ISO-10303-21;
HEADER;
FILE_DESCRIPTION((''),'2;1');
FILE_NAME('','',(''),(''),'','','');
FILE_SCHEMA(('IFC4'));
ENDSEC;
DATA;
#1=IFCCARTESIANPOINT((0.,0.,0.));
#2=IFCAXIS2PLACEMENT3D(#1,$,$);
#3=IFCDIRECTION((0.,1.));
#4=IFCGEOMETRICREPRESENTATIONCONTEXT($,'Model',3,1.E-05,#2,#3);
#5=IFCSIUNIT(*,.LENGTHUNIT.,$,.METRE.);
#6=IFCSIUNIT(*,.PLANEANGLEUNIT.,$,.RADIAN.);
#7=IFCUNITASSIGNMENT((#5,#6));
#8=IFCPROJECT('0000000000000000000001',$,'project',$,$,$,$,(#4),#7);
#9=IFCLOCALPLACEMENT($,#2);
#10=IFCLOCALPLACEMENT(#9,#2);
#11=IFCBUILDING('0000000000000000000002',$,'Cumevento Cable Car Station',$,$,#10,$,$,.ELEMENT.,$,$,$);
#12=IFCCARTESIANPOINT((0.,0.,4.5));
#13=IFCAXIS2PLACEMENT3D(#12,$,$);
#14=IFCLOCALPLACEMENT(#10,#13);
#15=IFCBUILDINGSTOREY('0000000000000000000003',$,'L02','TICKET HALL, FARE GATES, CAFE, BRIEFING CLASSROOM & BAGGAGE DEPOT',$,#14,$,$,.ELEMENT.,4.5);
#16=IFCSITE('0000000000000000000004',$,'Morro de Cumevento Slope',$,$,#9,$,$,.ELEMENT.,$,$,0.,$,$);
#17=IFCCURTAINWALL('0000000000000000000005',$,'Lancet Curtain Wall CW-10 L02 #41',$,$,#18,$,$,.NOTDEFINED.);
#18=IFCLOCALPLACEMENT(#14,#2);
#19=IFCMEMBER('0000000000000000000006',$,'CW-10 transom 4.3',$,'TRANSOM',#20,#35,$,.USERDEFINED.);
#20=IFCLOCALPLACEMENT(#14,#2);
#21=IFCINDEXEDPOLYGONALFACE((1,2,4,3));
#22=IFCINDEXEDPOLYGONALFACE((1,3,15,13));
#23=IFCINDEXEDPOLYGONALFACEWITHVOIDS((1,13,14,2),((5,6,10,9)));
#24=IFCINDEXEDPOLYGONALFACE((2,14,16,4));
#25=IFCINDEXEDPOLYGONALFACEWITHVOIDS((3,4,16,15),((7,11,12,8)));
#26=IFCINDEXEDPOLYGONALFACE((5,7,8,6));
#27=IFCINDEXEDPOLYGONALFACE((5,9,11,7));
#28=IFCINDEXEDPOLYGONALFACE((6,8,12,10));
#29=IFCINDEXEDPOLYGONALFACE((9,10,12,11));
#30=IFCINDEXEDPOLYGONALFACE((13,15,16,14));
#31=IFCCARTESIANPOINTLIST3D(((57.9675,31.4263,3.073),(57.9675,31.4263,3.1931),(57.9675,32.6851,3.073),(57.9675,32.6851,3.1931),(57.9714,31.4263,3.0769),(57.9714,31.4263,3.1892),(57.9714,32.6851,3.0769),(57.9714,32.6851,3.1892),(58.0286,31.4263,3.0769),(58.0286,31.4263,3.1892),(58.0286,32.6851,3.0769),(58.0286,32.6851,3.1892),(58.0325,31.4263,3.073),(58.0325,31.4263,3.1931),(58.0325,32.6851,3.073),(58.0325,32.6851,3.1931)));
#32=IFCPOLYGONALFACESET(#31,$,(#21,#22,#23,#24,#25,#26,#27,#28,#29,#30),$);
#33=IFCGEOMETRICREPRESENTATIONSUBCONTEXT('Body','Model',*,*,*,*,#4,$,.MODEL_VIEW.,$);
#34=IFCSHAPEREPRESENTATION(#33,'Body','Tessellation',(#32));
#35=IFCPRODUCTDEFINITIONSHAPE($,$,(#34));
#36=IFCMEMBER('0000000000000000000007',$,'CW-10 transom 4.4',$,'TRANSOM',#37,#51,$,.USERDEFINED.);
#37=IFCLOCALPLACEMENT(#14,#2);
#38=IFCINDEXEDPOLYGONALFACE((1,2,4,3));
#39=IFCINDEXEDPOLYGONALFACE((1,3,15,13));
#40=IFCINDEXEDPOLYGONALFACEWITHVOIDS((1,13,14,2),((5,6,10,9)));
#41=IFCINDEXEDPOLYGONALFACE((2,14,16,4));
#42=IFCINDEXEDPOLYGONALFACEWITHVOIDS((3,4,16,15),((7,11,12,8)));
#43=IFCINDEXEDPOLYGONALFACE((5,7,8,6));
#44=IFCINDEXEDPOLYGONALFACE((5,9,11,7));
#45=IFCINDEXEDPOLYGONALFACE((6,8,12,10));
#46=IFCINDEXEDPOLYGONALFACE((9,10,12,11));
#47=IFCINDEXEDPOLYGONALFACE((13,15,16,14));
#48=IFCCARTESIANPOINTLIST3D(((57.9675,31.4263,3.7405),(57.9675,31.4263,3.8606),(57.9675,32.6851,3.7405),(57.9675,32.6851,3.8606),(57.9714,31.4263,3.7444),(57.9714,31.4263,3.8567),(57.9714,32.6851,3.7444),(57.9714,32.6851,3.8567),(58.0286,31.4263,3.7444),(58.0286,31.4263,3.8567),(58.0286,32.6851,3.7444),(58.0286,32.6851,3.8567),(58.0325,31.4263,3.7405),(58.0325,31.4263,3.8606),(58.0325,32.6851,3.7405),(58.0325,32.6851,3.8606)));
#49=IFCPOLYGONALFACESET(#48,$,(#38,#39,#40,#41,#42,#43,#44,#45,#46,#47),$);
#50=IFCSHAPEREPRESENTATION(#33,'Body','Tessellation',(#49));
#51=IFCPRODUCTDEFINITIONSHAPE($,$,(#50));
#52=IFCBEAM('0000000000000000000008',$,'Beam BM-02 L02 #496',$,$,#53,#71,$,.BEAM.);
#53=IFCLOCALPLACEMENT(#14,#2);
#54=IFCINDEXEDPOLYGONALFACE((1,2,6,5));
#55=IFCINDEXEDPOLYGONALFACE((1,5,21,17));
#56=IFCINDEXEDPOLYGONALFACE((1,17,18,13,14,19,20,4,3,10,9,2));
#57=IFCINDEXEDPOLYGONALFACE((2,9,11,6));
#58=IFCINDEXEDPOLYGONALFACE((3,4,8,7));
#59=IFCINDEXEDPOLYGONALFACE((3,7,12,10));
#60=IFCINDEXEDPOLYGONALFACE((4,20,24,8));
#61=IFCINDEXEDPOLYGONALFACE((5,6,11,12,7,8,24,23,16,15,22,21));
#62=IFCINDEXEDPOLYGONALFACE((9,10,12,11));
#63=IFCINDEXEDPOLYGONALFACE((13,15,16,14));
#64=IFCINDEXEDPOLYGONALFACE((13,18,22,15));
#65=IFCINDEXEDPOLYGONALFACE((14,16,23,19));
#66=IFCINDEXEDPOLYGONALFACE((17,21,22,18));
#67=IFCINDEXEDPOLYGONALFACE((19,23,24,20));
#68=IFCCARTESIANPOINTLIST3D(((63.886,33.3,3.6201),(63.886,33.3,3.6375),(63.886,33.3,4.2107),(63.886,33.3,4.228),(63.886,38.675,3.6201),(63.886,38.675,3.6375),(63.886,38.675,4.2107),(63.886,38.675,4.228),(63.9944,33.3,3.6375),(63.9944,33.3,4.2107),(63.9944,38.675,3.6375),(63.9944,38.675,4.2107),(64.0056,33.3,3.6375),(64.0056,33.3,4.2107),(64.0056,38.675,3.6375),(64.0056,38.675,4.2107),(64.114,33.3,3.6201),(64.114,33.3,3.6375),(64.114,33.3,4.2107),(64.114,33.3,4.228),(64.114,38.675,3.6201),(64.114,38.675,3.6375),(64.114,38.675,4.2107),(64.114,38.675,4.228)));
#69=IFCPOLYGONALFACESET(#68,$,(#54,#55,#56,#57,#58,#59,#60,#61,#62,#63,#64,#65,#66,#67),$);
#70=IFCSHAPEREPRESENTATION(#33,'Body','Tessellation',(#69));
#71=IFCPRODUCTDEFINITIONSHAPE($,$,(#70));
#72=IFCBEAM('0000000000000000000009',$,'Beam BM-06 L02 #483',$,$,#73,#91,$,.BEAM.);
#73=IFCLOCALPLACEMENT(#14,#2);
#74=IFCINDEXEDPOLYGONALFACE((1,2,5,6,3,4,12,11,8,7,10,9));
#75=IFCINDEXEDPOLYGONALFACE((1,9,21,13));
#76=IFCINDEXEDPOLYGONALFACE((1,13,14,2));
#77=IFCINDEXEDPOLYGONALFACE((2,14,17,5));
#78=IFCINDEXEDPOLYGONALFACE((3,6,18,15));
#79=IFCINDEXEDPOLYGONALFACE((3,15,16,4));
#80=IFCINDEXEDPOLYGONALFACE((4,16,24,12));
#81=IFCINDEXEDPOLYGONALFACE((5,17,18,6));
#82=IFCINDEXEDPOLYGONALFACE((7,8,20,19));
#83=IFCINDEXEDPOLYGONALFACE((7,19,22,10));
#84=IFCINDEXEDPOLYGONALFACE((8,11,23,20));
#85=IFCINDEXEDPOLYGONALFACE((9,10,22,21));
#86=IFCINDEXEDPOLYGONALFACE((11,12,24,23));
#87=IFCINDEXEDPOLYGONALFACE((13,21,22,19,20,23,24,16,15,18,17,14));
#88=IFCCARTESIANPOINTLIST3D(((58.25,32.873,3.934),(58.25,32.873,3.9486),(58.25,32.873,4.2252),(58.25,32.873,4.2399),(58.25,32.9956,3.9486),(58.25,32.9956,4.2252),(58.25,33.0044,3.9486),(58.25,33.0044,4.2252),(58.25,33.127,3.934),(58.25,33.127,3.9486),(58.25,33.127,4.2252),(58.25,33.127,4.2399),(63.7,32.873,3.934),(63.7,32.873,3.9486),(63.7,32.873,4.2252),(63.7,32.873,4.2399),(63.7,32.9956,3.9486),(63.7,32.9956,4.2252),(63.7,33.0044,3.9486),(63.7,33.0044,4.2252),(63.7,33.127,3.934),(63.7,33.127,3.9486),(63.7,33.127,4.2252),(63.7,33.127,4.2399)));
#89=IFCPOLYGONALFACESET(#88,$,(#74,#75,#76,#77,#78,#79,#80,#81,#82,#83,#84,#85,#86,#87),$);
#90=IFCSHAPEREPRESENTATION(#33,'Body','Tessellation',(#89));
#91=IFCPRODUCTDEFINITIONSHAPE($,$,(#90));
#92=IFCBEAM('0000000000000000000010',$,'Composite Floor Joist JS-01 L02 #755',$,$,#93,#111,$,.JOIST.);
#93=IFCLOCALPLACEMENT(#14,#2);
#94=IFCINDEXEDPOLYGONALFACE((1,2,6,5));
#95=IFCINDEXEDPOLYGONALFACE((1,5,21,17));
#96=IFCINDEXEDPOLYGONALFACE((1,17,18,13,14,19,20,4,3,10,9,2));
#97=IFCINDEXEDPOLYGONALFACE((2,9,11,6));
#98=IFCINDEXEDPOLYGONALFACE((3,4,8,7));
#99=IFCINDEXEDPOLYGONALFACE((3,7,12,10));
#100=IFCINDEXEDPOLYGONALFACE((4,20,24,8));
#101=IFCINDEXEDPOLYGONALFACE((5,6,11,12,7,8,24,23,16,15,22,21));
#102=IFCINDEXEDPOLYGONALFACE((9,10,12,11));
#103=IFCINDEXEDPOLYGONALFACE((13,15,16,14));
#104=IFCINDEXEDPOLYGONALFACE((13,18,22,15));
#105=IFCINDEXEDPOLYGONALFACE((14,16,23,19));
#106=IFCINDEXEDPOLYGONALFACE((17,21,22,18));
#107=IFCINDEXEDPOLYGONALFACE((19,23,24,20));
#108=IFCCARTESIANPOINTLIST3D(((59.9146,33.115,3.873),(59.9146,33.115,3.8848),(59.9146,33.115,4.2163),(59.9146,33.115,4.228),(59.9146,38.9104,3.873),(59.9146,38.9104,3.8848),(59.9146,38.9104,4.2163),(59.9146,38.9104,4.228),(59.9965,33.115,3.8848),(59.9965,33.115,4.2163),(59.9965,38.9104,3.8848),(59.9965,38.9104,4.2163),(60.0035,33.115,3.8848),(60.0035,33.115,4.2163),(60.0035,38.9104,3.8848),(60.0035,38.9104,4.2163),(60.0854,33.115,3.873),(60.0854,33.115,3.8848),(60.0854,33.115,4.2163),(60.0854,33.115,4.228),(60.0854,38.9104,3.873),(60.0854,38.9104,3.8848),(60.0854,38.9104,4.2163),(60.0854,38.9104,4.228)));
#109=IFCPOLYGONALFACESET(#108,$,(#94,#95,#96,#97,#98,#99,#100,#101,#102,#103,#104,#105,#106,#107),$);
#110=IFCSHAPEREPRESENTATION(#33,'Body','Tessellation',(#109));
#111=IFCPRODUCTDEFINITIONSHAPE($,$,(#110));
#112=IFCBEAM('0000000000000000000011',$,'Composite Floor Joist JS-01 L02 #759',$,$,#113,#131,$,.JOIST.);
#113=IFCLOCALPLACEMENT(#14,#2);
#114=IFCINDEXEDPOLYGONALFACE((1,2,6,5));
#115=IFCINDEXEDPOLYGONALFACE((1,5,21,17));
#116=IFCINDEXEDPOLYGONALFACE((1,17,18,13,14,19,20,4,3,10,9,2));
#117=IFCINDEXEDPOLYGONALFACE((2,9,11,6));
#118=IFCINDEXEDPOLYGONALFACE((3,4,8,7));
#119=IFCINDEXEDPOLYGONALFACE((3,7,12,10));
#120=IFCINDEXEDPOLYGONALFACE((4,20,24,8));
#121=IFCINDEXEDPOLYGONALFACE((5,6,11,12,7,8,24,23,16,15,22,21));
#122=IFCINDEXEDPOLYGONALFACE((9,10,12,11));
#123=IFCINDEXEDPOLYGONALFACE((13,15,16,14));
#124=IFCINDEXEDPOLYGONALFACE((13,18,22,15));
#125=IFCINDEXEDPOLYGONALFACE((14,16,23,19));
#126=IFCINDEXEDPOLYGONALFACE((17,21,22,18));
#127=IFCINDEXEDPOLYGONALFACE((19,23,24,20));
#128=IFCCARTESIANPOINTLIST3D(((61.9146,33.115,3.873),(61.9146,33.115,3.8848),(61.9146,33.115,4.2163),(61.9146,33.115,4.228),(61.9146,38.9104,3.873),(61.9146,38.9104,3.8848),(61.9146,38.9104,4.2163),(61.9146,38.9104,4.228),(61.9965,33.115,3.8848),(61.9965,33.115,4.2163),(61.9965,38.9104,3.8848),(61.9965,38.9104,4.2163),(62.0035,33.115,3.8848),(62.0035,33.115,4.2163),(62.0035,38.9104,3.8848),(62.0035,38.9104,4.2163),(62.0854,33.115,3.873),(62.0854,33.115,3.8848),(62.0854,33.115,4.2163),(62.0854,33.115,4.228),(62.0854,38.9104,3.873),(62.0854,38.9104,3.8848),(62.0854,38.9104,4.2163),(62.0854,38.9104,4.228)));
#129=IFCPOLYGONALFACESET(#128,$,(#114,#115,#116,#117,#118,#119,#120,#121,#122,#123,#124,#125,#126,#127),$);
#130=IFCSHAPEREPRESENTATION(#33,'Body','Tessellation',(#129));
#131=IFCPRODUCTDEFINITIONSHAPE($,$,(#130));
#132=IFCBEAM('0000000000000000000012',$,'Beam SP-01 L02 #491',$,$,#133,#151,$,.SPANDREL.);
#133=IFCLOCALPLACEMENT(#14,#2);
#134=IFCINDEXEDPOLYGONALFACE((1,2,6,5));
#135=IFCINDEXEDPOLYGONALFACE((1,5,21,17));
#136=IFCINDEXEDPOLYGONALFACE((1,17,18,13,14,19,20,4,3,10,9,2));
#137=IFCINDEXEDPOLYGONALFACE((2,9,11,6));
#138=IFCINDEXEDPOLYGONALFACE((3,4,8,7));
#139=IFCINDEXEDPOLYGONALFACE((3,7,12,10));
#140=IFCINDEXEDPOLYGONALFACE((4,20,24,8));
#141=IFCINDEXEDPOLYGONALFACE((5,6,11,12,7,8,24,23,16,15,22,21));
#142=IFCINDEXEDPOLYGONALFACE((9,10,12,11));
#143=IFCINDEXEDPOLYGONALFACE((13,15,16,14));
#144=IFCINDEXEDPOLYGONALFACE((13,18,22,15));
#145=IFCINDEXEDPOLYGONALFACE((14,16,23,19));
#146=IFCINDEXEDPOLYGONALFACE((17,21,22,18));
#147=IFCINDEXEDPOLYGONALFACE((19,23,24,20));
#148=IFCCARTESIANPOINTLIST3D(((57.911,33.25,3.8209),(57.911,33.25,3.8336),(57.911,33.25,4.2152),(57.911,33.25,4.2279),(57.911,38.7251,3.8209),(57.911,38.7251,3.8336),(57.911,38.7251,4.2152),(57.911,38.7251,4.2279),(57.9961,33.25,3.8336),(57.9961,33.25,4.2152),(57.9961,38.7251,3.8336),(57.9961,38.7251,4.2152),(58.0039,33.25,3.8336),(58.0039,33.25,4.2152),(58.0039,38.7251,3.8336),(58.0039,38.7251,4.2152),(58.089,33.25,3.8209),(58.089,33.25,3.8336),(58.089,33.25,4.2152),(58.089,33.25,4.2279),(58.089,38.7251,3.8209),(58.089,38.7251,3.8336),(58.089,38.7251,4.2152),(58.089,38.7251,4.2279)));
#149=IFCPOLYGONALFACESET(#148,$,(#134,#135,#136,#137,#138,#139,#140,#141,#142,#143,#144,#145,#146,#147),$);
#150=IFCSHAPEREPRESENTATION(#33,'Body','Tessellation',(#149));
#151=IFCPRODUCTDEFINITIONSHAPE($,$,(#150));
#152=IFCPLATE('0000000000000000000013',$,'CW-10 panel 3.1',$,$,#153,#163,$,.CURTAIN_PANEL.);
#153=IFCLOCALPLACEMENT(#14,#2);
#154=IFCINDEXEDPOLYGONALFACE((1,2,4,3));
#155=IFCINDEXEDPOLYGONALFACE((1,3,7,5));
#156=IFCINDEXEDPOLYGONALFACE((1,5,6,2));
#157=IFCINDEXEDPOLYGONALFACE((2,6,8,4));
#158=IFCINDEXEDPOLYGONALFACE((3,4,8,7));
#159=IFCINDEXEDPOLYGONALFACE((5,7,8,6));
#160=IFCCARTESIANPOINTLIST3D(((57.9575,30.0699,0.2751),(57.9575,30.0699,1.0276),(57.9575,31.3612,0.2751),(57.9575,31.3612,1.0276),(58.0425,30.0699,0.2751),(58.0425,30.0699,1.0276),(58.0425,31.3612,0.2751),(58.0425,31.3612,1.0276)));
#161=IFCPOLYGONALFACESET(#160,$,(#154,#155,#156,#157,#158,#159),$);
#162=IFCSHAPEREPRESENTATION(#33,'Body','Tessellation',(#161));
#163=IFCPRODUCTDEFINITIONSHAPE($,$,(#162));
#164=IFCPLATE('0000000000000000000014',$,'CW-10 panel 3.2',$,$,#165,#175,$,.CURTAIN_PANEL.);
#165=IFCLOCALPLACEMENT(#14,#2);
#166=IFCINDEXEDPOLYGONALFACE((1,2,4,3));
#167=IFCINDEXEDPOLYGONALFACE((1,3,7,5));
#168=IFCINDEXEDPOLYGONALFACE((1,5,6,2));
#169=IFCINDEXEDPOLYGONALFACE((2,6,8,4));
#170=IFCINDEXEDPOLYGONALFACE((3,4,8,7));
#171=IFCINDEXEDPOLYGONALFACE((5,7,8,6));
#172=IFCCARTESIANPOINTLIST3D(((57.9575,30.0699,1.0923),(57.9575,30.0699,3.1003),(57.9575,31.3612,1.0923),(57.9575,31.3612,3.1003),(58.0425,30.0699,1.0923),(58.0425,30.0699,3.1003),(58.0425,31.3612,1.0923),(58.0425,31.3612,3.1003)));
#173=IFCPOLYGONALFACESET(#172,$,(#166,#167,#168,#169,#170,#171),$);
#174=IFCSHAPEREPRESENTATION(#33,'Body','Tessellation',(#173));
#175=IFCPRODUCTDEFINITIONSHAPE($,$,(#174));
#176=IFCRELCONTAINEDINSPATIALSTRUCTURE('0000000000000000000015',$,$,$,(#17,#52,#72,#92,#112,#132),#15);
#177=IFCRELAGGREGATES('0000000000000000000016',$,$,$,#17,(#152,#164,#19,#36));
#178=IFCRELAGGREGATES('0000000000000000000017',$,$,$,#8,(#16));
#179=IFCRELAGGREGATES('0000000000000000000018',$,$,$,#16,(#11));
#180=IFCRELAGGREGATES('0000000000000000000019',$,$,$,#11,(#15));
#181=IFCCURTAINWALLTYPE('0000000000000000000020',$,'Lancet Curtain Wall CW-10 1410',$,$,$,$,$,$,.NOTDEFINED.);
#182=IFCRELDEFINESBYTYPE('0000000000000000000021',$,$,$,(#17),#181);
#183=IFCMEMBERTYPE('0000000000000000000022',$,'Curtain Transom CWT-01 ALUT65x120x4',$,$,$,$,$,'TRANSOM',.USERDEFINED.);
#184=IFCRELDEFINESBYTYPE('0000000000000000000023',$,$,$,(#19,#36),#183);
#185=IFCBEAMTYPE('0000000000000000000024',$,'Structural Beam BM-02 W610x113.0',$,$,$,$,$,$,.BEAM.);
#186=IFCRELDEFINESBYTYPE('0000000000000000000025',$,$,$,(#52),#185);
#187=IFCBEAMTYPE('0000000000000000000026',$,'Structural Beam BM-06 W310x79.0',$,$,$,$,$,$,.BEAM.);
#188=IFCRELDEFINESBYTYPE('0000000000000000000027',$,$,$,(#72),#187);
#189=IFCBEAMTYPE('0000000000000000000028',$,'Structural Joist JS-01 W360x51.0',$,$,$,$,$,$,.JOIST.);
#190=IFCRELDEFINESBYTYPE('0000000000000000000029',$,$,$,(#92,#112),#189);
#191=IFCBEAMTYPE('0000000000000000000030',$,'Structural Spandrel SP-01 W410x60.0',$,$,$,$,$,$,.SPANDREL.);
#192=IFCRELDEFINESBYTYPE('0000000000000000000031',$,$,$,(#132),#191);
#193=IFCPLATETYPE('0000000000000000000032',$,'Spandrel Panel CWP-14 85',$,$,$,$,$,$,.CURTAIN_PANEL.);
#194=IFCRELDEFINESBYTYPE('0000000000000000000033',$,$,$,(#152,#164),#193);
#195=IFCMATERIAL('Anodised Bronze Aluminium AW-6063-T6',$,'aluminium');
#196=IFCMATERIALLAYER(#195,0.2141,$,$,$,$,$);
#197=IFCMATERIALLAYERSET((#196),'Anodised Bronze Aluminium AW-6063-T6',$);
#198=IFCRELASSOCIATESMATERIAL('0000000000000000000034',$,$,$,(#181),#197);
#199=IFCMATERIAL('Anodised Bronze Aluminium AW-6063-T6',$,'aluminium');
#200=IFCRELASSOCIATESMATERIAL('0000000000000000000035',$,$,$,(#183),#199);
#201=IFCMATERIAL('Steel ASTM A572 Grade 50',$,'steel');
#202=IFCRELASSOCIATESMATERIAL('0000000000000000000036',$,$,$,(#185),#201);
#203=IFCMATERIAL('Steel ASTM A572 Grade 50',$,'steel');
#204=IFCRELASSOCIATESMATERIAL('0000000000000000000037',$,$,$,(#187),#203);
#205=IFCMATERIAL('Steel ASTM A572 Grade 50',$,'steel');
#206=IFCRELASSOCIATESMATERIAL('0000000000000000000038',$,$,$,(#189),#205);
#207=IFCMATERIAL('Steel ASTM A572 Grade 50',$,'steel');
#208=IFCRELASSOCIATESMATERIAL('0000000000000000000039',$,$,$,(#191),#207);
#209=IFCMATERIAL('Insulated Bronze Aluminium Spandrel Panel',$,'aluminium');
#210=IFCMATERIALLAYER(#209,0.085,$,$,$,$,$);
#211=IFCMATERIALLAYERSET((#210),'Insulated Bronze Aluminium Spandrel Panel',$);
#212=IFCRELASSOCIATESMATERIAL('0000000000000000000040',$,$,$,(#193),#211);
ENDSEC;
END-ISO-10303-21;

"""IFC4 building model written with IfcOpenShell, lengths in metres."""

from ifc_helpers import new_model, si_unit, direction, frame, origin, origin_2d, place, context, subcontext, project, spatial, rectangle, hollow_rectangle, i_section, extrude, material, layer, layer_set, material_profile, profile_set, type_object, element, aggregate, save


model = new_model("IFC4")

# Units and contexts
model_context = context("Model", 3, precision=1e-05, world=origin(), true_north=direction((0.0, 1.0)))
body_context = subcontext(model_context, "Body", "Model", "MODEL_VIEW")
ifc_project = project(units=[si_unit("LENGTHUNIT", "METRE"), si_unit("PLANEANGLEUNIT", "RADIAN")], contexts=[model_context])

# Site, building, storey
site_placement = place(None, origin())
site = spatial("IfcSite", under=ifc_project, at=site_placement, Name="Morro de Cumevento Slope", CompositionType="ELEMENT", RefElevation=0.0)
building_placement = place(site_placement, origin())
building = spatial("IfcBuilding", under=site, at=building_placement, Name="Cumevento Cable Car Station", CompositionType="ELEMENT")
storey_placement = place(building_placement, frame((0.0, 0.0, 4.5)))
storey = spatial("IfcBuildingStorey", under=building, at=storey_placement, Name="L02", Description="TICKET HALL, FARE GATES, CAFE, BRIEFING CLASSROOM & BAGGAGE DEPOT", CompositionType="ELEMENT", Elevation=4.5)

# Curtain wall, members
ifc_material_1 = material(Name="Anodised Bronze Aluminium AW-6063-T6", Category="aluminium")
ifc_layer_1 = layer(ifc_material_1, 0.2141)
ifc_layer_set_1 = layer_set([ifc_layer_1], Name="Anodised Bronze Aluminium AW-6063-T6")
curtain_wall_type = type_object("IfcCurtainWallType", Name="Lancet Curtain Wall CW-10 1410", PredefinedType="NOTDEFINED", material=ifc_layer_set_1)
curtain_wall_placement = place(storey_placement, origin())
curtain_wall = element("IfcCurtainWall", 1, at=curtain_wall_placement, inside=storey, type_object=curtain_wall_type, Name="Lancet Curtain Wall CW-10 L02 #41", PredefinedType="NOTDEFINED")
ifc_material_2 = material(Name="Anodised Bronze Aluminium AW-6063-T6", Category="aluminium")
ifc_material_profile_1 = material_profile(ifc_material_2, hollow_rectangle(XDim=0.0649, YDim=0.1201, WallThickness=0.0039, at=origin_2d()), Name="ALUT65x120x4")
ifc_profile_set_1 = profile_set([ifc_material_profile_1], Name="Anodised Bronze Aluminium AW-6063-T6")
member_type_1 = type_object("IfcMemberType", Name="Curtain Transom CWT-01 ALUT65x120x4", ElementType="TRANSOM", PredefinedType="USERDEFINED", material=ifc_profile_set_1)
member_1_placement = place(storey_placement, frame((58.0, 31.4263, 3.1331), z_axis=(0.0, 1.0, 0.0), x_axis=(-1.0, 0.0, 0.0)))
member_1 = element("IfcMember", 2, at=member_1_placement, type_object=member_type_1, Name="CW-10 transom 4.3", ObjectType="TRANSOM", PredefinedType="USERDEFINED", context=body_context, shape_type="SweptSolid", body=[
    extrude(hollow_rectangle(XDim=0.0649, YDim=0.1201, WallThickness=0.0039, at=origin_2d()), origin(), (0.0, 0.0, 1.0), 1.2588),
])
member_2_placement = place(storey_placement, frame((58.0, 31.4263, 3.8005), z_axis=(0.0, 1.0, 0.0), x_axis=(-1.0, 0.0, 0.0)))
member_2 = element("IfcMember", 3, at=member_2_placement, type_object=member_type_1, Name="CW-10 transom 4.4", ObjectType="TRANSOM", PredefinedType="USERDEFINED", context=body_context, shape_type="SweptSolid", body=[
    extrude(hollow_rectangle(XDim=0.0649, YDim=0.1201, WallThickness=0.0039, at=origin_2d()), origin(), (0.0, 0.0, 1.0), 1.2588),
])

# Beams
ifc_material_3 = material(Name="Steel ASTM A572 Grade 50", Category="steel")
ifc_material_profile_2 = material_profile(ifc_material_3, i_section(OverallWidth=0.228, OverallDepth=0.6079, WebThickness=0.0112, FlangeThickness=0.0173, at=origin_2d()), Name="W610x113.0")
ifc_profile_set_2 = profile_set([ifc_material_profile_2], Name="Steel ASTM A572 Grade 50")
beam_type_1 = type_object("IfcBeamType", Name="Structural Beam BM-02 W610x113.0", PredefinedType="BEAM", material=ifc_profile_set_2)
beam_1_placement = place(storey_placement, frame((64.0, 33.3, 3.9241), z_axis=(0.0, 1.0, 0.0), x_axis=(-1.0, 0.0, 0.0)))
element("IfcBeam", 4, at=beam_1_placement, inside=storey, type_object=beam_type_1, Name="Beam BM-02 L02 #496", PredefinedType="BEAM", context=body_context, shape_type="SweptSolid", body=[
    extrude(i_section(OverallWidth=0.228, OverallDepth=0.6079, WebThickness=0.0112, FlangeThickness=0.0173, at=origin_2d()), origin(), (0.0, 0.0, 1.0), 5.375),
])
ifc_material_4 = material(Name="Steel ASTM A572 Grade 50", Category="steel")
ifc_material_profile_3 = material_profile(ifc_material_4, i_section(OverallWidth=0.2539, OverallDepth=0.3059, WebThickness=0.0088, FlangeThickness=0.0146, at=origin_2d()), Name="W310x79.0")
ifc_profile_set_3 = profile_set([ifc_material_profile_3], Name="Steel ASTM A572 Grade 50")
beam_type_2 = type_object("IfcBeamType", Name="Structural Beam BM-06 W310x79.0", PredefinedType="BEAM", material=ifc_profile_set_3)
beam_2_placement = place(storey_placement, frame((58.25, 33.0, 4.0869), z_axis=(1.0, 0.0, 0.0), x_axis=(0.0, 1.0, 0.0)))
element("IfcBeam", 5, at=beam_2_placement, inside=storey, type_object=beam_type_2, Name="Beam BM-06 L02 #483", PredefinedType="BEAM", context=body_context, shape_type="SweptSolid", body=[
    extrude(i_section(OverallWidth=0.2539, OverallDepth=0.3059, WebThickness=0.0088, FlangeThickness=0.0146, at=origin_2d()), origin(), (0.0, 0.0, 1.0), 5.45),
])
ifc_material_5 = material(Name="Steel ASTM A572 Grade 50", Category="steel")
ifc_material_profile_4 = material_profile(ifc_material_5, i_section(OverallWidth=0.1709, OverallDepth=0.355, WebThickness=0.0071, FlangeThickness=0.0117, at=origin_2d()), Name="W360x51.0")
ifc_profile_set_4 = profile_set([ifc_material_profile_4], Name="Steel ASTM A572 Grade 50")
beam_type_3 = type_object("IfcBeamType", Name="Structural Joist JS-01 W360x51.0", PredefinedType="JOIST", material=ifc_profile_set_4)
for number, where, z_axis, x_axis, name in (
    (6, (60.0, 33.115, 4.0505), (0.0, 1.0, 0.0), (-1.0, 0.0, 0.0), "Composite Floor Joist JS-01 L02 #755"),
    (7, (62.0, 33.115, 4.0505), (0.0, 1.0, 0.0), (-1.0, 0.0, 0.0), "Composite Floor Joist JS-01 L02 #759"),
):
    element("IfcBeam", number, at=place(storey_placement, frame(where, z_axis=z_axis, x_axis=x_axis)), inside=storey, type_object=beam_type_3, Name=name, PredefinedType="JOIST", context=body_context, shape_type="SweptSolid", body=[
        extrude(i_section(OverallWidth=0.1709, OverallDepth=0.355, WebThickness=0.0071, FlangeThickness=0.0117, at=origin_2d()), origin(), (0.0, 0.0, 1.0), 5.7954),
    ])
ifc_material_6 = material(Name="Steel ASTM A572 Grade 50", Category="steel")
ifc_material_profile_5 = material_profile(ifc_material_6, i_section(OverallWidth=0.178, OverallDepth=0.407, WebThickness=0.0078, FlangeThickness=0.0127, at=origin_2d()), Name="W410x60.0")
ifc_profile_set_5 = profile_set([ifc_material_profile_5], Name="Steel ASTM A572 Grade 50")
beam_type_4 = type_object("IfcBeamType", Name="Structural Spandrel SP-01 W410x60.0", PredefinedType="SPANDREL", material=ifc_profile_set_5)
beam_3_placement = place(storey_placement, frame((58.0, 33.25, 4.0244), z_axis=(0.0, 1.0, 0.0), x_axis=(-1.0, 0.0, 0.0)))
element("IfcBeam", 8, at=beam_3_placement, inside=storey, type_object=beam_type_4, Name="Beam SP-01 L02 #491", PredefinedType="SPANDREL", context=body_context, shape_type="SweptSolid", body=[
    extrude(i_section(OverallWidth=0.178, OverallDepth=0.407, WebThickness=0.0078, FlangeThickness=0.0127, at=origin_2d()), origin(), (0.0, 0.0, 1.0), 5.4751),
])

# Plates
ifc_material_7 = material(Name="Insulated Bronze Aluminium Spandrel Panel", Category="aluminium")
ifc_layer_2 = layer(ifc_material_7, 0.085)
ifc_layer_set_2 = layer_set([ifc_layer_2], Name="Insulated Bronze Aluminium Spandrel Panel")
plate_type = type_object("IfcPlateType", Name="Spandrel Panel CWP-14 85", PredefinedType="CURTAIN_PANEL", material=ifc_layer_set_2)
plate_1_placement = place(storey_placement, frame((58.0, 30.7156, 0.2751), z_axis=(0.0, 0.0, 1.0), x_axis=(0.0, 1.0, 0.0)))
plate_1 = element("IfcPlate", 9, at=plate_1_placement, type_object=plate_type, Name="CW-10 panel 3.1", PredefinedType="CURTAIN_PANEL", context=body_context, shape_type="SweptSolid", body=[
    extrude(rectangle(XDim=1.2913, YDim=0.085, at=origin_2d()), origin(), (0.0, 0.0, 1.0), 0.7524),
])
plate_2_placement = place(storey_placement, frame((58.0, 30.7156, 1.0923), z_axis=(0.0, 0.0, 1.0), x_axis=(0.0, 1.0, 0.0)))
plate_2 = element("IfcPlate", 10, at=plate_2_placement, type_object=plate_type, Name="CW-10 panel 3.2", PredefinedType="CURTAIN_PANEL", context=body_context, shape_type="SweptSolid", body=[
    extrude(rectangle(XDim=1.2913, YDim=0.085, at=origin_2d()), origin(), (0.0, 0.0, 1.0), 2.0081),
])
aggregate(curtain_wall, [plate_1, plate_2, member_1, member_2])

save(model, "model.ifc")
